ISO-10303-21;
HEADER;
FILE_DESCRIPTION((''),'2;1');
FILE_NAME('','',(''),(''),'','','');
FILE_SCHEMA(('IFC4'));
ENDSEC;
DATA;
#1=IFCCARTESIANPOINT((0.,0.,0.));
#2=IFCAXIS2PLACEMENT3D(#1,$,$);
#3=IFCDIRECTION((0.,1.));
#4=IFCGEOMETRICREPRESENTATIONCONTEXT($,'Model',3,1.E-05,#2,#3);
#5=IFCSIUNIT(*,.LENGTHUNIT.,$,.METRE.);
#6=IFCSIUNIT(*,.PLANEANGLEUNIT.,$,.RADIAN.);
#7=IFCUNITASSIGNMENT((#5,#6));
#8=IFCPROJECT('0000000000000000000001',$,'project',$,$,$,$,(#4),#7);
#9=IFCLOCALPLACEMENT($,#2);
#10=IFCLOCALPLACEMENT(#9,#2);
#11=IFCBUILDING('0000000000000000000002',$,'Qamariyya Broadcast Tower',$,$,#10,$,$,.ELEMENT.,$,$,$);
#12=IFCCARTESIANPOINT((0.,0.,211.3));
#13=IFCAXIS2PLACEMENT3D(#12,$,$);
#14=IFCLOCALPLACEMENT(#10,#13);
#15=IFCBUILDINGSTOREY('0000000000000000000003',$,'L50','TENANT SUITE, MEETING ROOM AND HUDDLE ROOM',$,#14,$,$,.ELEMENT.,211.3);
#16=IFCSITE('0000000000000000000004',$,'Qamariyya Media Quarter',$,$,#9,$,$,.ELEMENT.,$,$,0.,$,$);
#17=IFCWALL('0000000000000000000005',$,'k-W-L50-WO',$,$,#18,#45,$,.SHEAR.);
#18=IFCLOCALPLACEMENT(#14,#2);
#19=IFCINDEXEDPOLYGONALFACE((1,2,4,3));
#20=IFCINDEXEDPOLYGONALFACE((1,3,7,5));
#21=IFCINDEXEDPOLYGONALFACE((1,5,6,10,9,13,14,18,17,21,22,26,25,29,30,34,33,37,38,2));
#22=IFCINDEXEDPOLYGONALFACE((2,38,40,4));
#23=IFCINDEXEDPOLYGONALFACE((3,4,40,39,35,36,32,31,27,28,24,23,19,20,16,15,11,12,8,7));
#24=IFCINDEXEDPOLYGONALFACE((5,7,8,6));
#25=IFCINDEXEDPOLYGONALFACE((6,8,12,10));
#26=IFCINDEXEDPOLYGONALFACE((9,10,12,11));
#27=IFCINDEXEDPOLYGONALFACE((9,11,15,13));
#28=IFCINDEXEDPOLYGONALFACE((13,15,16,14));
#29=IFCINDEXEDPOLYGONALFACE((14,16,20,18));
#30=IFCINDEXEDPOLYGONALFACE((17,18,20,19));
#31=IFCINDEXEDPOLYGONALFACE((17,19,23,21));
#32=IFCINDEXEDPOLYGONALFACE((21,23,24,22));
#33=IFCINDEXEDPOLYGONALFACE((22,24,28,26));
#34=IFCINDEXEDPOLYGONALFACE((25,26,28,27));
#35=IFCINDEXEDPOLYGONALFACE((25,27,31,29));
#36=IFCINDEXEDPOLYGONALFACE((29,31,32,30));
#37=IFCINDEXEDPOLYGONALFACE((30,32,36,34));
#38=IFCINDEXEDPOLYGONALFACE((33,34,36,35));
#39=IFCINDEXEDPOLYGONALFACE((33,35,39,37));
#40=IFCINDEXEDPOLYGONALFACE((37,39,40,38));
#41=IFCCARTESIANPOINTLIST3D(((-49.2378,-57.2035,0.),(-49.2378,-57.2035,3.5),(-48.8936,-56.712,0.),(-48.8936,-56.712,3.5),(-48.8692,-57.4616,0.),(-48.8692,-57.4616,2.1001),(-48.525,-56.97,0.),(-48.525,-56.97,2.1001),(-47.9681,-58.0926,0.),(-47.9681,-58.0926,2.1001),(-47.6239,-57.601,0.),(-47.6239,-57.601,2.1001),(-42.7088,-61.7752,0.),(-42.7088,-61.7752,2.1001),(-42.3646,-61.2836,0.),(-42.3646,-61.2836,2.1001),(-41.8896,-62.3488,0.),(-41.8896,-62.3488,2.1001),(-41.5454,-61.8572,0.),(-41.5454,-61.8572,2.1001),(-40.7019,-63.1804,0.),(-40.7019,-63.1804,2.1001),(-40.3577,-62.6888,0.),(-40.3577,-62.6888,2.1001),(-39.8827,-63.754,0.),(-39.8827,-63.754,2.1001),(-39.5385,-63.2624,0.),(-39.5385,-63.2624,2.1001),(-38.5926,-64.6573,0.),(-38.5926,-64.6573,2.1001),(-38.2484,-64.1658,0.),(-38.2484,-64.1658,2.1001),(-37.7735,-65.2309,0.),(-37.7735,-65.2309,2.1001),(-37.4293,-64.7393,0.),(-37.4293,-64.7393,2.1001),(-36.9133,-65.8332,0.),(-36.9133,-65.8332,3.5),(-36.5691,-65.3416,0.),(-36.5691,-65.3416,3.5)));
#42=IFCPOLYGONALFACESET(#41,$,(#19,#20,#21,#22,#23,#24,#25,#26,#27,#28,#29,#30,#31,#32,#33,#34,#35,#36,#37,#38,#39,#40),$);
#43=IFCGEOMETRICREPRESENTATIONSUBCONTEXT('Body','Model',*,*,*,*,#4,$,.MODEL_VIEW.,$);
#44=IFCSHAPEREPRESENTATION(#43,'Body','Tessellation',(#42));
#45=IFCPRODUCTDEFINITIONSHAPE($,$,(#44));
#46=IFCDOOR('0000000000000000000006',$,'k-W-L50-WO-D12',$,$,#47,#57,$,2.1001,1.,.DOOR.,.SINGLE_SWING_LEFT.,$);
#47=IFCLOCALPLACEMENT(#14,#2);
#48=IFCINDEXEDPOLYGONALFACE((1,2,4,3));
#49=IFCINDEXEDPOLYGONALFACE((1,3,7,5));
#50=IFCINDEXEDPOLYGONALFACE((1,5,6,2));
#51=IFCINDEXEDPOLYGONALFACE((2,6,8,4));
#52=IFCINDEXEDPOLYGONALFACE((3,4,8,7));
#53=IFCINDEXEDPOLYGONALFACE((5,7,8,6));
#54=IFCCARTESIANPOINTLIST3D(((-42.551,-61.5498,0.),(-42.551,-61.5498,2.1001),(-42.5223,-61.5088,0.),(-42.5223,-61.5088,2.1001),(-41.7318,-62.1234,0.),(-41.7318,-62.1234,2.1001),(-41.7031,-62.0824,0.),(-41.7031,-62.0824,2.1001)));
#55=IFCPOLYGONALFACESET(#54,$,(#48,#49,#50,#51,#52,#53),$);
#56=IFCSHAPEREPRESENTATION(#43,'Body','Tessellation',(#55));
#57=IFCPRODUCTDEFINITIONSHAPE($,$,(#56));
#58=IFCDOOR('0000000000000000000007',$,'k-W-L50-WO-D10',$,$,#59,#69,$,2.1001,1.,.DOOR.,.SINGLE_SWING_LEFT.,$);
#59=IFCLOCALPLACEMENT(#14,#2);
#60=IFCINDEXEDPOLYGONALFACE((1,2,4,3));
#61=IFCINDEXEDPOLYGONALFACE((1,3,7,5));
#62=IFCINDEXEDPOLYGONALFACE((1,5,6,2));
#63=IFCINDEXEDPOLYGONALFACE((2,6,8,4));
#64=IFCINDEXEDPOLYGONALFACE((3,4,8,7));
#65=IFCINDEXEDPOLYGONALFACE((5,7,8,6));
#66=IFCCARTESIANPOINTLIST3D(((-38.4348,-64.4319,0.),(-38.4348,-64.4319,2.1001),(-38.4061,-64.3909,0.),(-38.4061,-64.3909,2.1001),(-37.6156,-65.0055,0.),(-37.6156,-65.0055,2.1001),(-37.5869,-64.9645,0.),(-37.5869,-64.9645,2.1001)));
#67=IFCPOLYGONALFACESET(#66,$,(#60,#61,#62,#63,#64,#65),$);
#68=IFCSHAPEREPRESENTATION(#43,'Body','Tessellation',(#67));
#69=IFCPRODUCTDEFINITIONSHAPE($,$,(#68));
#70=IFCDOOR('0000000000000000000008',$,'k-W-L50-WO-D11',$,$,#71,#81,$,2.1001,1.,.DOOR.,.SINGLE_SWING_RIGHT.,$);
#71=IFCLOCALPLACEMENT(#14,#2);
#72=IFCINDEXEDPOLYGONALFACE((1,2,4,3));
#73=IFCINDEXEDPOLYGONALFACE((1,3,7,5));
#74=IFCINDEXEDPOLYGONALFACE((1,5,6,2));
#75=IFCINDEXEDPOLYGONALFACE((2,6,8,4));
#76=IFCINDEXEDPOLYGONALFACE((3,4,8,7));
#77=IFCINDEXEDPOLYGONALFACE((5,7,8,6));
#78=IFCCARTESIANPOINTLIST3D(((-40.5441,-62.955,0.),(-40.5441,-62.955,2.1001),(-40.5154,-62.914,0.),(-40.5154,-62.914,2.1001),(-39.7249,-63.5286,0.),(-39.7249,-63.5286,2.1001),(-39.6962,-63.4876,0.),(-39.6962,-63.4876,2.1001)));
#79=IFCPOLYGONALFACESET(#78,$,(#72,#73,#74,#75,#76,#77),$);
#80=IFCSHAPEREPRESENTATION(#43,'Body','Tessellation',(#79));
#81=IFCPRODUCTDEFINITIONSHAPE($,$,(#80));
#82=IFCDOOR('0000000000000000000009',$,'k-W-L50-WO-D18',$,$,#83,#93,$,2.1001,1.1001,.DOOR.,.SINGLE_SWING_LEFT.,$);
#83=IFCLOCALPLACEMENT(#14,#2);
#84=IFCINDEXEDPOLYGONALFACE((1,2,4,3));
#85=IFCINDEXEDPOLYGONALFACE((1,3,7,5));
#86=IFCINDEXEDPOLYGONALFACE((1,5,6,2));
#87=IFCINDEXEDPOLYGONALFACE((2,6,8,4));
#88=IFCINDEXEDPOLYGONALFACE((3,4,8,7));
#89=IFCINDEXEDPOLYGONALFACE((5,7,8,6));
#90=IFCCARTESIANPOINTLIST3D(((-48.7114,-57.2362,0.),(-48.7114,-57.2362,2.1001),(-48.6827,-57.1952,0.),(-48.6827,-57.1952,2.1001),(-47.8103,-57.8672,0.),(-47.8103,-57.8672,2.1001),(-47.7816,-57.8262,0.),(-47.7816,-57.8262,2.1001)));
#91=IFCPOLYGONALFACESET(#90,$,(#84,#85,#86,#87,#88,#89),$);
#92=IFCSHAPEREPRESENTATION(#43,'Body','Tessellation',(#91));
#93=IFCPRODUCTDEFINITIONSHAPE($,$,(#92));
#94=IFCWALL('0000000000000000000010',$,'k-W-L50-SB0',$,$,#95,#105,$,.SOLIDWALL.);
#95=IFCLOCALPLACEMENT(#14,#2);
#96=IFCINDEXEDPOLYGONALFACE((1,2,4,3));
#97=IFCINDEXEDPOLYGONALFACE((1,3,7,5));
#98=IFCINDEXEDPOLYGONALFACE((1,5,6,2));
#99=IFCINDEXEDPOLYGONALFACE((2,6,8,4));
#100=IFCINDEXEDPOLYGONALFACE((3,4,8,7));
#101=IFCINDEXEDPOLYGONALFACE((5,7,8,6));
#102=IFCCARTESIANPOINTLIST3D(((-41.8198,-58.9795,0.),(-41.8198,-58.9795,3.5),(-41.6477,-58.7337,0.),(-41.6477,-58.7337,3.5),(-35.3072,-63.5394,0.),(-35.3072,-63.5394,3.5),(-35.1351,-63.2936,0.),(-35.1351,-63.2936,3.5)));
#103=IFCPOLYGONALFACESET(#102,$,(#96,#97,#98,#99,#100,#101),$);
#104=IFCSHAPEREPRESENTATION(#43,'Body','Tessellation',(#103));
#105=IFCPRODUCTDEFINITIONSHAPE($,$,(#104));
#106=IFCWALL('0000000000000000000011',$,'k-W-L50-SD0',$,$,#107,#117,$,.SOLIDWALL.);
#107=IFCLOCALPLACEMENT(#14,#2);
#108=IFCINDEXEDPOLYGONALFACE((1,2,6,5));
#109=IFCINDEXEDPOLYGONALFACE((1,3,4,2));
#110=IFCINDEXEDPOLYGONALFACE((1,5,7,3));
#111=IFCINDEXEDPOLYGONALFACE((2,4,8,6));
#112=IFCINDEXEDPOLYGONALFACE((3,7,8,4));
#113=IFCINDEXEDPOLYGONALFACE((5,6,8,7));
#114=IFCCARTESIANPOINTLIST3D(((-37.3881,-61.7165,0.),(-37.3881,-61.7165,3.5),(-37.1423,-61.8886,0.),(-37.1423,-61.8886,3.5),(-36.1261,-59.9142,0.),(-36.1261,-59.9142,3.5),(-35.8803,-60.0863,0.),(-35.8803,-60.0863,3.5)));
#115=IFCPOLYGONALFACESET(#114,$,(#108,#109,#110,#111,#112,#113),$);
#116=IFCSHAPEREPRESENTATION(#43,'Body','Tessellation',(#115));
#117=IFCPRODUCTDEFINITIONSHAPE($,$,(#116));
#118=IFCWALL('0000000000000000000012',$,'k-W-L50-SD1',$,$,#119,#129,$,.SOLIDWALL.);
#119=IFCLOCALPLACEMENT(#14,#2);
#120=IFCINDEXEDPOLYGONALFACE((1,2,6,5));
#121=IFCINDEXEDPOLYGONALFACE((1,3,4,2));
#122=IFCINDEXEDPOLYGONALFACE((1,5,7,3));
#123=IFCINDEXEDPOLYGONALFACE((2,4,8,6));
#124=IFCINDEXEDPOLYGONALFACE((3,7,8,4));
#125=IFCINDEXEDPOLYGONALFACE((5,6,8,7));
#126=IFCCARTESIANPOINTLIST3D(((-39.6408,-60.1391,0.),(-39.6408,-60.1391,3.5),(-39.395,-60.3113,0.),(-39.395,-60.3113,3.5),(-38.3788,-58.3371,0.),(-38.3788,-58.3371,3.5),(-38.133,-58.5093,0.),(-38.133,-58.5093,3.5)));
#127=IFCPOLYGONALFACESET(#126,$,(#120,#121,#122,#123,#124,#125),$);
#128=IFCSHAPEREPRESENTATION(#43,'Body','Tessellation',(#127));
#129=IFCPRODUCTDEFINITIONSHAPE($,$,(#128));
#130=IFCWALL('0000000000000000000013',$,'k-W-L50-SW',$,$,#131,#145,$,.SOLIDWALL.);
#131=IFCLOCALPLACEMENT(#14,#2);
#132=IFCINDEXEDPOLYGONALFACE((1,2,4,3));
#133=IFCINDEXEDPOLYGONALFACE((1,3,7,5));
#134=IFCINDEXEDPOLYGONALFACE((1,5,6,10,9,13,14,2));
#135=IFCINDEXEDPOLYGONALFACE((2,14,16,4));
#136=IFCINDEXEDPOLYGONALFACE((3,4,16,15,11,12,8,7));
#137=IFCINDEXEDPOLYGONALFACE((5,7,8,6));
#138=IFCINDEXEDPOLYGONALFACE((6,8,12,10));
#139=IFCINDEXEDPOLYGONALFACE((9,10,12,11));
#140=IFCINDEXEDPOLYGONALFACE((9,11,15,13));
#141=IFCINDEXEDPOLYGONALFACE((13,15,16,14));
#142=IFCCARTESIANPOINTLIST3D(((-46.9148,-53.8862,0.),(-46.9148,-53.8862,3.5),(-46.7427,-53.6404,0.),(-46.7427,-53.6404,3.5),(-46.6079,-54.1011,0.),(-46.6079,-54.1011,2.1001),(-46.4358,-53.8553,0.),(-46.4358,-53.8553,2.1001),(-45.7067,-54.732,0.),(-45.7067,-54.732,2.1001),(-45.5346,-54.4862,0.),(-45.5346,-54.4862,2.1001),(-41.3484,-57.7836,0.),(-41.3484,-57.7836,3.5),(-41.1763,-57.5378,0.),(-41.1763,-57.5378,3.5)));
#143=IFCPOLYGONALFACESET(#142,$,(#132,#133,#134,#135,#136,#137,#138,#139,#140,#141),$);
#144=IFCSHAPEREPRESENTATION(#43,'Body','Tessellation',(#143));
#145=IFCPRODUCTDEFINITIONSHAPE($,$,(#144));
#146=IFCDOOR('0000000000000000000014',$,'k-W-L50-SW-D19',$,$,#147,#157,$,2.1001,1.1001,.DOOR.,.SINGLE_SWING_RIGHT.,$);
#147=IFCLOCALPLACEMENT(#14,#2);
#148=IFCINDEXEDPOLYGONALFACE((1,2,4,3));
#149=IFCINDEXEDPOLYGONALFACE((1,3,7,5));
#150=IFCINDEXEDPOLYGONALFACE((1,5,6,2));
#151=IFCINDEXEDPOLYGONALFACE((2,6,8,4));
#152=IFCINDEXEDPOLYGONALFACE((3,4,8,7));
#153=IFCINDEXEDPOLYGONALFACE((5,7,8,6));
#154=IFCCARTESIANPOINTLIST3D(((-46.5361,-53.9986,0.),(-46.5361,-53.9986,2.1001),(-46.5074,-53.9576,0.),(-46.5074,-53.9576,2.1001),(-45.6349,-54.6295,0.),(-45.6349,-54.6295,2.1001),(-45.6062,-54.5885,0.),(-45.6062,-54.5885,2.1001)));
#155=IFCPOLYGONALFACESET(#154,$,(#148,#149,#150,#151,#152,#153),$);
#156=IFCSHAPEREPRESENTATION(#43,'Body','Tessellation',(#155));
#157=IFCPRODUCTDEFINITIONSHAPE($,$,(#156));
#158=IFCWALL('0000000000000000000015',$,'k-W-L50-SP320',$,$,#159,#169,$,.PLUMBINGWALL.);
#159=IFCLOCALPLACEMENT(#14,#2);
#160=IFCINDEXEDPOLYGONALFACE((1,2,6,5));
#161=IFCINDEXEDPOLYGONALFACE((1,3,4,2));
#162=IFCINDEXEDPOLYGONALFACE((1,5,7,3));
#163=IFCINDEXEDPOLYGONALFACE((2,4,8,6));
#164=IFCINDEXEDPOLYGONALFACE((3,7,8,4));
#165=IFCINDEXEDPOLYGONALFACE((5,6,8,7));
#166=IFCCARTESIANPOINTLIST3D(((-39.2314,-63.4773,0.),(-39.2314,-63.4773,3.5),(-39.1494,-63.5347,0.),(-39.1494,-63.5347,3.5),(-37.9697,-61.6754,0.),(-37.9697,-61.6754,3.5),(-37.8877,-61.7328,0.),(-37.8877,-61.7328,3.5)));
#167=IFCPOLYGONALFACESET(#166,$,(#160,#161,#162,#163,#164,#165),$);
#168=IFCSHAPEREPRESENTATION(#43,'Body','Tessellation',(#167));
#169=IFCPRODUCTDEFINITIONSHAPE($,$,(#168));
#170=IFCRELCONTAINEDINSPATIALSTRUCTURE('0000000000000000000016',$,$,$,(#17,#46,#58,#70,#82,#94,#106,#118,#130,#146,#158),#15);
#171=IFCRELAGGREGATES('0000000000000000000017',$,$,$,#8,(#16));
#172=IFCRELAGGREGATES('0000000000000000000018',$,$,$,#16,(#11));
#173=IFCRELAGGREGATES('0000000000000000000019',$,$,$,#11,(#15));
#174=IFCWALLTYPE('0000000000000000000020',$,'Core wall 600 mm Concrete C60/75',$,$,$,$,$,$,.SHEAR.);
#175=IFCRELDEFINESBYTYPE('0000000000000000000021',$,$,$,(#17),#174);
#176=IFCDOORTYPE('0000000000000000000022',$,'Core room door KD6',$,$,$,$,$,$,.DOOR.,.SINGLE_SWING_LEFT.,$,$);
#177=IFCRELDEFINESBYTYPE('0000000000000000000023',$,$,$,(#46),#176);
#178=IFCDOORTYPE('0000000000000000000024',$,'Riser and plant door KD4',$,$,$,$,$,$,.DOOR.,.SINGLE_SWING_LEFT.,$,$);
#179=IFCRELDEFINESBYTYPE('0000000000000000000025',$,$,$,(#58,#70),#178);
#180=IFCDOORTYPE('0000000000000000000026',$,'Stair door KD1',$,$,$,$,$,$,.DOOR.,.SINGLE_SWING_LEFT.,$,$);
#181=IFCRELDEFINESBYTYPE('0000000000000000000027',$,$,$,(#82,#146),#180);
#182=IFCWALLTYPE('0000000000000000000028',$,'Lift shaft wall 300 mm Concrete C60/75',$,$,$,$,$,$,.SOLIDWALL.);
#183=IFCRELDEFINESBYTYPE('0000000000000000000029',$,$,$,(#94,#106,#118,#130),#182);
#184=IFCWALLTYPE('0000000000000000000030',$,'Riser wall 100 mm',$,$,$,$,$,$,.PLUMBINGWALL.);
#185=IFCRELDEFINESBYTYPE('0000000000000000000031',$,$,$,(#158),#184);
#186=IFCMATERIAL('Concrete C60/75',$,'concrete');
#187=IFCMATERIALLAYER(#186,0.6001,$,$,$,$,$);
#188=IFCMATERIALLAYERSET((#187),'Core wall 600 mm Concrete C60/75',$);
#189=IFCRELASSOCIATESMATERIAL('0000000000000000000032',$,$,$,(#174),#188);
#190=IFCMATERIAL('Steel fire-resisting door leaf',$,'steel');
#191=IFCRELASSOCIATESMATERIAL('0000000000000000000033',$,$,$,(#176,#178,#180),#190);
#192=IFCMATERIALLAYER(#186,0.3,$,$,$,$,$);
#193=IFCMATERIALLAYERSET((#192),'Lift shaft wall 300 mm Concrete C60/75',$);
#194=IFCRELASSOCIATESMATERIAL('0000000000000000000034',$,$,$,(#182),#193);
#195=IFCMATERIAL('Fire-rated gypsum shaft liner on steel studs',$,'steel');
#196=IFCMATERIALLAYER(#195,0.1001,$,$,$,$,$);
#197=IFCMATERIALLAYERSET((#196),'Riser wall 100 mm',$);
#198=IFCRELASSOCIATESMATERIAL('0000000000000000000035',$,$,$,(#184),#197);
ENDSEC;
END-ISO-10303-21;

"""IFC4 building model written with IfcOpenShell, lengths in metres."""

from ifc_helpers import new_model, si_unit, direction, frame, frame_2d, origin, place, context, subcontext, project, spatial, rectangle, extrude, material, layer, layer_set, type_object, element, fill, save


model = new_model("IFC4")

# Units and contexts
model_context = context("Model", 3, precision=1e-05, world=origin(), true_north=direction((0.0, 1.0)))
body_context = subcontext(model_context, "Body", "Model", "MODEL_VIEW")
ifc_project = project(units=[si_unit("LENGTHUNIT", "METRE"), si_unit("PLANEANGLEUNIT", "RADIAN")], contexts=[model_context])

# Site, building, storey
site_placement = place(None, origin())
site = spatial("IfcSite", under=ifc_project, at=site_placement, Name="Qamariyya Media Quarter", CompositionType="ELEMENT", RefElevation=0.0)
building_placement = place(site_placement, origin())
building = spatial("IfcBuilding", under=site, at=building_placement, Name="Qamariyya Broadcast Tower", CompositionType="ELEMENT")
storey_placement = place(building_placement, frame((0.0, 0.0, 211.3)))
storey = spatial("IfcBuildingStorey", under=building, at=storey_placement, Name="L50", Description="TENANT SUITE, MEETING ROOM AND HUDDLE ROOM", CompositionType="ELEMENT", Elevation=211.3)

# Shared definitions
ifc_material_1 = material(Name="Concrete C60/75", Category="concrete")

# Shared definitions
ifc_layer_1 = layer(ifc_material_1, 0.6001)
ifc_layer_set_1 = layer_set([ifc_layer_1], Name="Core wall 600 mm Concrete C60/75")
wall_type_1 = type_object("IfcWallType", Name="Core wall 600 mm Concrete C60/75", PredefinedType="SHEAR", material=ifc_layer_set_1)
ifc_material_2 = material(Name="Steel fire-resisting door leaf", Category="steel")

# Wall, openings, doors
wall_1_placement = place(storey_placement, frame((-36.7412, -65.5874, 0.0), z_axis=(0.0, 0.0, 1.0), x_axis=(-0.819153, 0.573575, 0.0)))
wall_1 = element("IfcWall", 1, at=wall_1_placement, inside=storey, type_object=wall_type_1, Name="k-W-L50-WO", PredefinedType="SHEAR", context=body_context, shape_type="SweptSolid", body=[
    extrude(rectangle(XDim=15.0454, YDim=0.6001, at=frame_2d((7.5227, 0.0))), origin(), (0.0, 0.0, 1.0), 3.5),
])
opening_1_placement = place(wall_1_placement, frame((1.05, 0.0, 0.0)))
opening_1 = element("IfcOpeningElement", 2, at=opening_1_placement, cuts=wall_1, PredefinedType="OPENING", context=body_context, shape_type="SweptSolid", body=[
    extrude(rectangle(XDim=1.0, YDim=2.1001, at=frame_2d((0.5, 1.05))), frame((0.0, 0.3101, 0.0), z_axis=(0.0, -1.0, 0.0), x_axis=(1.0, 0.0, 0.0)), (0.0, 0.0, 1.0), 0.6201),
])
opening_2_placement = place(wall_1_placement, frame((3.625, 0.0, 0.0)))
opening_2 = element("IfcOpeningElement", 3, at=opening_2_placement, cuts=wall_1, PredefinedType="OPENING", context=body_context, shape_type="SweptSolid", body=[
    extrude(rectangle(XDim=1.0, YDim=2.1001, at=frame_2d((0.5, 1.05))), frame((0.0, 0.3101, 0.0), z_axis=(0.0, -1.0, 0.0), x_axis=(1.0, 0.0, 0.0)), (0.0, 0.0, 1.0), 0.6201),
])
opening_3_placement = place(wall_1_placement, frame((6.075, 0.0, 0.0)))
opening_3 = element("IfcOpeningElement", 4, at=opening_3_placement, cuts=wall_1, PredefinedType="OPENING", context=body_context, shape_type="SweptSolid", body=[
    extrude(rectangle(XDim=1.0, YDim=2.1001, at=frame_2d((0.5, 1.05))), frame((0.0, 0.3101, 0.0), z_axis=(0.0, -1.0, 0.0), x_axis=(1.0, 0.0, 0.0)), (0.0, 0.0, 1.0), 0.6201),
])
opening_4_placement = place(wall_1_placement, frame((13.4954, 0.0, 0.0)))
opening_4 = element("IfcOpeningElement", 5, at=opening_4_placement, cuts=wall_1, PredefinedType="OPENING", context=body_context, shape_type="SweptSolid", body=[
    extrude(rectangle(XDim=1.1001, YDim=2.1001, at=frame_2d((0.55, 1.05))), frame((0.0, 0.3101, 0.0), z_axis=(0.0, -1.0, 0.0), x_axis=(1.0, 0.0, 0.0)), (0.0, 0.0, 1.0), 0.6201),
])
door_type_1 = type_object("IfcDoorType", Name="Core room door KD6", OperationType="SINGLE_SWING_LEFT", PredefinedType="DOOR", material=ifc_material_2)
door_1_placement = place(opening_3_placement, origin())
door_1 = element("IfcDoor", 6, at=door_1_placement, inside=storey, type_object=door_type_1, Name="k-W-L50-WO-D12", OperationType="SINGLE_SWING_LEFT", OverallHeight=2.1001, OverallWidth=1.0, PredefinedType="DOOR", context=body_context, shape_type="SweptSolid", body=[
    extrude(rectangle(XDim=1.0, YDim=2.1001, at=frame_2d((0.5, 1.05))), frame((0.0, 0.0249, 0.0), z_axis=(0.0, -1.0, 0.0), x_axis=(1.0, 0.0, 0.0)), (0.0, 0.0, 1.0), 0.05),
])
fill(opening_3, door_1)
door_type_2 = type_object("IfcDoorType", Name="Riser and plant door KD4", OperationType="SINGLE_SWING_LEFT", PredefinedType="DOOR", material=ifc_material_2)
door_2_placement = place(opening_1_placement, origin())
door_2 = element("IfcDoor", 7, at=door_2_placement, inside=storey, type_object=door_type_2, Name="k-W-L50-WO-D10", OperationType="SINGLE_SWING_LEFT", OverallHeight=2.1001, OverallWidth=1.0, PredefinedType="DOOR", context=body_context, shape_type="SweptSolid", body=[
    extrude(rectangle(XDim=1.0, YDim=2.1001, at=frame_2d((0.5, 1.05))), frame((0.0, 0.0249, 0.0), z_axis=(0.0, -1.0, 0.0), x_axis=(1.0, 0.0, 0.0)), (0.0, 0.0, 1.0), 0.05),
])
fill(opening_1, door_2)
door_3_placement = place(opening_2_placement, origin())
door_3 = element("IfcDoor", 8, at=door_3_placement, inside=storey, type_object=door_type_2, Name="k-W-L50-WO-D11", OperationType="SINGLE_SWING_RIGHT", OverallHeight=2.1001, OverallWidth=1.0, PredefinedType="DOOR", context=body_context, shape_type="SweptSolid", body=[
    extrude(rectangle(XDim=1.0, YDim=2.1001, at=frame_2d((0.5, 1.05))), frame((0.0, 0.0249, 0.0), z_axis=(0.0, -1.0, 0.0), x_axis=(1.0, 0.0, 0.0)), (0.0, 0.0, 1.0), 0.05),
])
fill(opening_2, door_3)
door_type_3 = type_object("IfcDoorType", Name="Stair door KD1", OperationType="SINGLE_SWING_LEFT", PredefinedType="DOOR", material=ifc_material_2)
door_4_placement = place(opening_4_placement, origin())
door_4 = element("IfcDoor", 9, at=door_4_placement, inside=storey, type_object=door_type_3, Name="k-W-L50-WO-D18", OperationType="SINGLE_SWING_LEFT", OverallHeight=2.1001, OverallWidth=1.1001, PredefinedType="DOOR", context=body_context, shape_type="SweptSolid", body=[
    extrude(rectangle(XDim=1.1001, YDim=2.1001, at=frame_2d((0.55, 1.05))), frame((0.0, 0.0249, 0.0), z_axis=(0.0, -1.0, 0.0), x_axis=(1.0, 0.0, 0.0)), (0.0, 0.0, 1.0), 0.05),
])
fill(opening_4, door_4)

# Walls
ifc_layer_2 = layer(ifc_material_1, 0.3)
ifc_layer_set_2 = layer_set([ifc_layer_2], Name="Lift shaft wall 300 mm Concrete C60/75")
wall_type_2 = type_object("IfcWallType", Name="Lift shaft wall 300 mm Concrete C60/75", PredefinedType="SOLIDWALL", material=ifc_layer_set_2)
wall_2_placement = place(storey_placement, frame((-35.2212, -63.4165, 0.0), z_axis=(0.0, 0.0, 1.0), x_axis=(-0.819167, 0.573555, 0.0)))
element("IfcWall", 10, at=wall_2_placement, inside=storey, type_object=wall_type_2, Name="k-W-L50-SB0", PredefinedType="SOLIDWALL", context=body_context, shape_type="SweptSolid", body=[
    extrude(rectangle(XDim=7.9502, YDim=0.3, at=frame_2d((3.9751, 0.0))), origin(), (0.0, 0.0, 1.0), 3.5),
])
wall_3_placement = place(storey_placement, frame((-36.0032, -60.0002, 0.0), z_axis=(0.0, 0.0, 1.0), x_axis=(-0.573581, -0.819149, 0.0)))
element("IfcWall", 11, at=wall_3_placement, inside=storey, type_object=wall_type_2, Name="k-W-L50-SD0", PredefinedType="SOLIDWALL", context=body_context, shape_type="SweptSolid", body=[
    extrude(rectangle(XDim=2.2002, YDim=0.3, at=frame_2d((1.1001, 0.0))), origin(), (0.0, 0.0, 1.0), 3.5),
])
wall_4_placement = place(storey_placement, frame((-38.2559, -58.4231, 0.0), z_axis=(0.0, 0.0, 1.0), x_axis=(-0.573634, -0.819112, 0.0)))
element("IfcWall", 12, at=wall_4_placement, inside=storey, type_object=wall_type_2, Name="k-W-L50-SD1", PredefinedType="SOLIDWALL", context=body_context, shape_type="SweptSolid", body=[
    extrude(rectangle(XDim=2.2, YDim=0.3, at=frame_2d((1.1001, 0.0))), origin(), (0.0, 0.0, 1.0), 3.5),
])

# Wall, opening, door
wall_5_placement = place(storey_placement, frame((-41.2625, -57.6606, 0.0), z_axis=(0.0, 0.0, 1.0), x_axis=(-0.819164, 0.573559, 0.0)))
wall_5 = element("IfcWall", 13, at=wall_5_placement, inside=storey, type_object=wall_type_2, Name="k-W-L50-SW", PredefinedType="SOLIDWALL", context=body_context, shape_type="SweptSolid", body=[
    extrude(rectangle(XDim=6.7952, YDim=0.3, at=frame_2d((3.3975, 0.0))), origin(), (0.0, 0.0, 1.0), 3.5),
])
opening_5_placement = place(wall_5_placement, frame((5.3203, 0.0, 0.0)))
opening_5 = element("IfcOpeningElement", 14, at=opening_5_placement, cuts=wall_5, PredefinedType="OPENING", context=body_context, shape_type="SweptSolid", body=[
    extrude(rectangle(XDim=1.1001, YDim=2.1001, at=frame_2d((0.55, 1.05))), frame((0.0, 0.1599, 0.0), z_axis=(0.0, -1.0, 0.0), x_axis=(1.0, 0.0, 0.0)), (0.0, 0.0, 1.0), 0.3201),
])
door_5_placement = place(opening_5_placement, origin())
door_5 = element("IfcDoor", 15, at=door_5_placement, inside=storey, type_object=door_type_3, Name="k-W-L50-SW-D19", OperationType="SINGLE_SWING_RIGHT", OverallHeight=2.1001, OverallWidth=1.1001, PredefinedType="DOOR", context=body_context, shape_type="SweptSolid", body=[
    extrude(rectangle(XDim=1.1001, YDim=2.1001, at=frame_2d((0.55, 1.05))), frame((0.0, 0.0249, 0.0), z_axis=(0.0, -1.0, 0.0), x_axis=(1.0, 0.0, 0.0)), (0.0, 0.0, 1.0), 0.05),
])
fill(opening_5, door_5)

# Wall
ifc_material_3 = material(Name="Fire-rated gypsum shaft liner on steel studs", Category="steel")
ifc_layer_3 = layer(ifc_material_3, 0.1001)
ifc_layer_set_3 = layer_set([ifc_layer_3], Name="Riser wall 100 mm")
wall_type_3 = type_object("IfcWallType", Name="Riser wall 100 mm", PredefinedType="PLUMBINGWALL", material=ifc_layer_set_3)
wall_6_placement = place(storey_placement, frame((-37.9287, -61.7041, 0.0), z_axis=(0.0, 0.0, 1.0), x_axis=(-0.573559, -0.819164, 0.0)))
element("IfcWall", 16, at=wall_6_placement, inside=storey, type_object=wall_type_3, Name="k-W-L50-SP320", PredefinedType="PLUMBINGWALL", context=body_context, shape_type="SweptSolid", body=[
    extrude(rectangle(XDim=2.1997, YDim=0.1001, at=frame_2d((1.0999, 0.0))), origin(), (0.0, 0.0, 1.0), 3.5),
])

save(model, "model.ifc")
